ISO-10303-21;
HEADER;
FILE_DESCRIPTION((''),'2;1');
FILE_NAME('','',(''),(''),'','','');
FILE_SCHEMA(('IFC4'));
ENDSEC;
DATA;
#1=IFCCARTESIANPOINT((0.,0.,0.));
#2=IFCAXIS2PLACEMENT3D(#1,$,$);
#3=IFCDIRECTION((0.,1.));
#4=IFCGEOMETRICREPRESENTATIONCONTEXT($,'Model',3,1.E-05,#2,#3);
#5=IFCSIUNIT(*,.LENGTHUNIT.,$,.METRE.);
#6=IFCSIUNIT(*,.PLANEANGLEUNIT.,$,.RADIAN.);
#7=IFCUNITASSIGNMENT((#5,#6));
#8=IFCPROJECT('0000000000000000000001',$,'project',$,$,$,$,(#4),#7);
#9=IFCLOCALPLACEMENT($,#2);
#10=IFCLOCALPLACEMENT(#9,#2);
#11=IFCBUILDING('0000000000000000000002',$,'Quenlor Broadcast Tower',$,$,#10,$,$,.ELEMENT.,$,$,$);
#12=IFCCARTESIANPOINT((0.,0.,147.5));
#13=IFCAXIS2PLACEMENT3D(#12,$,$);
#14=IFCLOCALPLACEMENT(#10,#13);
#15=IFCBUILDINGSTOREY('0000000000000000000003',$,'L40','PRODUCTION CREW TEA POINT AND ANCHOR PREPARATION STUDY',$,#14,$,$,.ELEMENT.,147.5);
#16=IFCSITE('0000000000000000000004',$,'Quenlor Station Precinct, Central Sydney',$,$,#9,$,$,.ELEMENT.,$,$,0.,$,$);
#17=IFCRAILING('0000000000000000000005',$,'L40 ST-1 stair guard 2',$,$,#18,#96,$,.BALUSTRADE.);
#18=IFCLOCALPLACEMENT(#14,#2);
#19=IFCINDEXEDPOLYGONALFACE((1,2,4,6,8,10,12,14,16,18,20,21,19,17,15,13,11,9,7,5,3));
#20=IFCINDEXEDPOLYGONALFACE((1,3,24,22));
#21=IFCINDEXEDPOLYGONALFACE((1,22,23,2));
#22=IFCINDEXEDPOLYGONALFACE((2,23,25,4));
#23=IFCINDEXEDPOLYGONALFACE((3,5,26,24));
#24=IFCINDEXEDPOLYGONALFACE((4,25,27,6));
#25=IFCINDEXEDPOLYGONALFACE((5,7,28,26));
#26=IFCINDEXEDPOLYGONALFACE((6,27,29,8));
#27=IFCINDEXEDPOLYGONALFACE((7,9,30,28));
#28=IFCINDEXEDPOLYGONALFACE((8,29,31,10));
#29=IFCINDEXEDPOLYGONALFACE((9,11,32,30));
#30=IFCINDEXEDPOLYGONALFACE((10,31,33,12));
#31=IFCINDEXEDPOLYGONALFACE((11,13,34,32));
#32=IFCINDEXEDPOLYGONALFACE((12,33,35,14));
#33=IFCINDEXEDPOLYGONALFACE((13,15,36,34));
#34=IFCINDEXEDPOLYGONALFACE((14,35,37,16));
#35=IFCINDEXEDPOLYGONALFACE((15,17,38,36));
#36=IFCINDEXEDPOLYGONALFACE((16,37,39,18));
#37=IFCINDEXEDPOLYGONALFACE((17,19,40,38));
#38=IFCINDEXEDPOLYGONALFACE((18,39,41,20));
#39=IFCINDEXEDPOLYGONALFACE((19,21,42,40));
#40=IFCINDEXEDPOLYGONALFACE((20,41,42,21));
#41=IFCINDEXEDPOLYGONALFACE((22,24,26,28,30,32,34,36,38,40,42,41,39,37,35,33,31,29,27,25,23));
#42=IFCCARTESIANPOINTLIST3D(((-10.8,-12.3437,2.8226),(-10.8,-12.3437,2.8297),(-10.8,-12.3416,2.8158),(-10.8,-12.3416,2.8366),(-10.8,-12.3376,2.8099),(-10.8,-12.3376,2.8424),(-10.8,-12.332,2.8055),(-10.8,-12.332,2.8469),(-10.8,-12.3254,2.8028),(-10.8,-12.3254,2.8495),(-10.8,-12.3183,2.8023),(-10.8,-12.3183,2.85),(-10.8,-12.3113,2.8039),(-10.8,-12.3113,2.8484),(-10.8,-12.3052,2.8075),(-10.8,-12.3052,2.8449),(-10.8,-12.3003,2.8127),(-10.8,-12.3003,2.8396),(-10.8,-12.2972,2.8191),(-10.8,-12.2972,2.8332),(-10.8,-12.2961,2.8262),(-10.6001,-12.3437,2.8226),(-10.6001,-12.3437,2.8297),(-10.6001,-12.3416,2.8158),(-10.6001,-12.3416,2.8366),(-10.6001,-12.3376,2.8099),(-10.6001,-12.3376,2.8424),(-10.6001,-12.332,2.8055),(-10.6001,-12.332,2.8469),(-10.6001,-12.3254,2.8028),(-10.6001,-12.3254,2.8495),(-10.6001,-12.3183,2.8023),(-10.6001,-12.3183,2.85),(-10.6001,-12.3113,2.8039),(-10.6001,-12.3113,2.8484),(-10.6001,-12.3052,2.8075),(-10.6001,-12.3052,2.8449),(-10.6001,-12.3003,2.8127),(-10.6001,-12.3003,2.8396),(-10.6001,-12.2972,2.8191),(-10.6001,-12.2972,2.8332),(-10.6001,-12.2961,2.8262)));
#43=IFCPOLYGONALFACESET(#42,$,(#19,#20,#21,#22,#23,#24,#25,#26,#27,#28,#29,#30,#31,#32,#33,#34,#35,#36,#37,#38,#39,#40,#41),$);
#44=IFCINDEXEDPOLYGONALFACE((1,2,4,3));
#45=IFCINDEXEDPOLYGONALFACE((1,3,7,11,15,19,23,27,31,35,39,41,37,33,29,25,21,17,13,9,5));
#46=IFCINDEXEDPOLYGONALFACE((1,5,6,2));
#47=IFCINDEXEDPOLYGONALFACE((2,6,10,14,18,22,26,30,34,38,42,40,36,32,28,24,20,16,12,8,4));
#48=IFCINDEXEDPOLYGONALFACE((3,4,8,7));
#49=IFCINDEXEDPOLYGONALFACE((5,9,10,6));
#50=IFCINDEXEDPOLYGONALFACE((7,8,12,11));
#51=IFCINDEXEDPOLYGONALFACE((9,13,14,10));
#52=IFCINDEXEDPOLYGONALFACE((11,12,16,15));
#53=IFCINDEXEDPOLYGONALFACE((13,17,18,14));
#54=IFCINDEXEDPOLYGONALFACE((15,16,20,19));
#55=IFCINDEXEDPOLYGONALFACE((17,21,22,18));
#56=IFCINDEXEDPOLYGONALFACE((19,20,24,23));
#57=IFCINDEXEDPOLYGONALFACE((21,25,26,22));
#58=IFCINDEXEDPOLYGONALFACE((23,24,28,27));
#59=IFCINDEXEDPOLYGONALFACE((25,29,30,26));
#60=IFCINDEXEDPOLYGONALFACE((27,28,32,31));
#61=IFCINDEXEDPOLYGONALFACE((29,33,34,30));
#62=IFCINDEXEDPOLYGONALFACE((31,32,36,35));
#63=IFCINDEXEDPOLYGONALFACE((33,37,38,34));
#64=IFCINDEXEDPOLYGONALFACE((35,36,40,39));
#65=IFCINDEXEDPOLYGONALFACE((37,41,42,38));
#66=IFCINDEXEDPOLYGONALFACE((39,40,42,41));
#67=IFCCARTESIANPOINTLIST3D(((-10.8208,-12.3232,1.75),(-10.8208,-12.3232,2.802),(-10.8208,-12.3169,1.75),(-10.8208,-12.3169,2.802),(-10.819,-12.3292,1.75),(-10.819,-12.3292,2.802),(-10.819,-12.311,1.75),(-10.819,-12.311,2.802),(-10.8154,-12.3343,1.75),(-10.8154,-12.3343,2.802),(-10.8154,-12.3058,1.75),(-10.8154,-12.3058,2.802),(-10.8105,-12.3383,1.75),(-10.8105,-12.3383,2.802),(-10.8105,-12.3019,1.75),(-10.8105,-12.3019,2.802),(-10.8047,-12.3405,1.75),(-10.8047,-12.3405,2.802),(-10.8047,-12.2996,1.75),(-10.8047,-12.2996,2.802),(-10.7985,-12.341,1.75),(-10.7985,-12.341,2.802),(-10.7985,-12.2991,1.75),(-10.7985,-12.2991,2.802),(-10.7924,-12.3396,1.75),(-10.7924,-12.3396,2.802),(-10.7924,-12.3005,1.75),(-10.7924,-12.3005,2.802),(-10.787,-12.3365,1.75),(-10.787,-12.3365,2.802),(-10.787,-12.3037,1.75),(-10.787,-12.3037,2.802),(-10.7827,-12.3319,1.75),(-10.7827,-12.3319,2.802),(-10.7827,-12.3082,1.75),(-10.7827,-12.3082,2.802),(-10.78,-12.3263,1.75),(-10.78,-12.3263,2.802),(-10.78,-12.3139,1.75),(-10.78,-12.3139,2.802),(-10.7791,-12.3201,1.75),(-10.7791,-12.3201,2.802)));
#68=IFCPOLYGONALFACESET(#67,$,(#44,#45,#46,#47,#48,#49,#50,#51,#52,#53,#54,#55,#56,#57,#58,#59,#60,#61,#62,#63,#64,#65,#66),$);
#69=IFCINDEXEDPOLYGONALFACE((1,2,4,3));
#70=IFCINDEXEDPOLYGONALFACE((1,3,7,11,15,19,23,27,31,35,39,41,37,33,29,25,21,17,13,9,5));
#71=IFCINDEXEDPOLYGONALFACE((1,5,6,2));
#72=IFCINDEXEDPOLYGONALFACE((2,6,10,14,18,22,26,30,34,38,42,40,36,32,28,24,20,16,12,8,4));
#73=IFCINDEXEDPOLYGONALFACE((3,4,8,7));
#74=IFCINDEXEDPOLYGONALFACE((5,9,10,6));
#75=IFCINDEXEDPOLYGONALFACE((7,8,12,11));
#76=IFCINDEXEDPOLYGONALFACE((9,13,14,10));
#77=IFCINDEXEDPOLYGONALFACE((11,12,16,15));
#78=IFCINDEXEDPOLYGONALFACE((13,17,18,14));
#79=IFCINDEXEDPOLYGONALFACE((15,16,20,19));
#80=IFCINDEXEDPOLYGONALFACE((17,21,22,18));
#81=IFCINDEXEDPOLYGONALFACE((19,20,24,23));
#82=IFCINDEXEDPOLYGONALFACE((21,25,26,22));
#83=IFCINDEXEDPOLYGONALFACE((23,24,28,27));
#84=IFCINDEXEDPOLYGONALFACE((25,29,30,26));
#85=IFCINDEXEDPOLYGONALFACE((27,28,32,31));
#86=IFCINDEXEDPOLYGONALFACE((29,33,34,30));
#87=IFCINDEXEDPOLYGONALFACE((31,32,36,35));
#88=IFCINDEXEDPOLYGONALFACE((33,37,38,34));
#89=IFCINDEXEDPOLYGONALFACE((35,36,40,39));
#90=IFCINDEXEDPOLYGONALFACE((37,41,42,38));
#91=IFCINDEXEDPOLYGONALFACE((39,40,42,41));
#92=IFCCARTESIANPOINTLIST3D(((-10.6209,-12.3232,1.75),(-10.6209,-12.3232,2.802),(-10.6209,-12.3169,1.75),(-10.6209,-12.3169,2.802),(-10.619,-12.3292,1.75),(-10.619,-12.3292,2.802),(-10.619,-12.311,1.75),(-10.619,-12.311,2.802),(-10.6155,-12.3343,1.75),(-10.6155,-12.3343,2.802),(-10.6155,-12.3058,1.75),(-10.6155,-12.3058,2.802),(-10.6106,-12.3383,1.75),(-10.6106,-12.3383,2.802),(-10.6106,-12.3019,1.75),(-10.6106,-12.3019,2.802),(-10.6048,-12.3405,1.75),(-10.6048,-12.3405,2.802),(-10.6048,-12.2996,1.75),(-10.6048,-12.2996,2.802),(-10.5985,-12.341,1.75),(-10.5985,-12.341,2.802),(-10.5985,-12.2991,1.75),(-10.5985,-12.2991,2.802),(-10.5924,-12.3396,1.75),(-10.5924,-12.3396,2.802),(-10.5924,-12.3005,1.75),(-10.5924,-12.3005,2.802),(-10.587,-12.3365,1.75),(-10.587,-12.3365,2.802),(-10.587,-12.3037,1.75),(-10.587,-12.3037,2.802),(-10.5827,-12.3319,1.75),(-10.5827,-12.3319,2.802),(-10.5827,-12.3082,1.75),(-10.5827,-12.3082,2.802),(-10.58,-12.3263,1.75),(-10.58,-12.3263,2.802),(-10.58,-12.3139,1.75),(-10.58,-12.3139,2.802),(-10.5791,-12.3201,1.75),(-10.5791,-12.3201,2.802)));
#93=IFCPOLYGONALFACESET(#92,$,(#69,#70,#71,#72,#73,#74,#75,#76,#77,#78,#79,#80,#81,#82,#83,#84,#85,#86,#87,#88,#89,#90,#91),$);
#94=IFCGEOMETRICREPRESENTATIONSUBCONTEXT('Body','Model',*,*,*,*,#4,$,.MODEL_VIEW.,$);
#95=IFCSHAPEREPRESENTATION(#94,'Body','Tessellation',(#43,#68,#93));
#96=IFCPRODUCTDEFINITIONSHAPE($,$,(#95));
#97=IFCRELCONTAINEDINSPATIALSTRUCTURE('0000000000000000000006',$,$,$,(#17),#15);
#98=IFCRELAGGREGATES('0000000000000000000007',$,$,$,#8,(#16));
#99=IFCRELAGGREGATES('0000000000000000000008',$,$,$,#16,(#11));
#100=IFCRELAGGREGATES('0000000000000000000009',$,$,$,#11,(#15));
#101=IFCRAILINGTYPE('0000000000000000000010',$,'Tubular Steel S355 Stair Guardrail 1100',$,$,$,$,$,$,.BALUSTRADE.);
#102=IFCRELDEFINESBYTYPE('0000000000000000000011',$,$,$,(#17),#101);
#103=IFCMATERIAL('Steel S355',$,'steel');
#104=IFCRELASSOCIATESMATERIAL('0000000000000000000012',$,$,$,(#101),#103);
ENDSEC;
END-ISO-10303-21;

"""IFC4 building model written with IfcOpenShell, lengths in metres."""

from ifc_helpers import new_model, si_unit, direction, frame, origin, origin_2d, place, context, subcontext, project, spatial, circle, extrude, material, type_object, element, save


model = new_model("IFC4")

# Units and contexts
model_context = context("Model", 3, precision=1e-05, world=origin(), true_north=direction((0.0, 1.0)))
body_context = subcontext(model_context, "Body", "Model", "MODEL_VIEW")
ifc_project = project(units=[si_unit("LENGTHUNIT", "METRE"), si_unit("PLANEANGLEUNIT", "RADIAN")], contexts=[model_context])

# Site, building, storey
site_placement = place(None, origin())
site = spatial("IfcSite", under=ifc_project, at=site_placement, Name="Quenlor Station Precinct, Central Sydney", CompositionType="ELEMENT", RefElevation=0.0)
building_placement = place(site_placement, origin())
building = spatial("IfcBuilding", under=site, at=building_placement, Name="Quenlor Broadcast Tower", CompositionType="ELEMENT")
storey_placement = place(building_placement, frame((0.0, 0.0, 147.5)))
storey = spatial("IfcBuildingStorey", under=building, at=storey_placement, Name="L40", Description="PRODUCTION CREW TEA POINT AND ANCHOR PREPARATION STUDY", CompositionType="ELEMENT", Elevation=147.5)

# Railing
ifc_material_1 = material(Name="Steel S355", Category="steel")
railing_type_1 = type_object("IfcRailingType", Name="Tubular Steel S355 Stair Guardrail 1100", PredefinedType="BALUSTRADE", material=ifc_material_1)
railing_1_placement = place(storey_placement, frame((-10.8, -12.3201, 1.75)))
element("IfcRailing", 1, at=railing_1_placement, inside=storey, type_object=railing_type_1, Name="L40 ST-1 stair guard 2", PredefinedType="BALUSTRADE", context=body_context, shape_type="SweptSolid", body=[
    extrude(circle(Radius=0.0239, at=origin_2d()), frame((0.0, 0.0, 1.0762), z_axis=(1.0, 0.0, 0.0), x_axis=(0.0, 1.0, 0.0)), (0.0, 0.0, 1.0), 0.2),
    extrude(circle(Radius=0.021, at=origin_2d()), origin(), (0.0, 0.0, 1.0), 1.052),
    extrude(circle(Radius=0.021, at=origin_2d()), frame((0.2, 0.0, 0.0)), (0.0, 0.0, 1.0), 1.052),
])

save(model, "model.ifc")
